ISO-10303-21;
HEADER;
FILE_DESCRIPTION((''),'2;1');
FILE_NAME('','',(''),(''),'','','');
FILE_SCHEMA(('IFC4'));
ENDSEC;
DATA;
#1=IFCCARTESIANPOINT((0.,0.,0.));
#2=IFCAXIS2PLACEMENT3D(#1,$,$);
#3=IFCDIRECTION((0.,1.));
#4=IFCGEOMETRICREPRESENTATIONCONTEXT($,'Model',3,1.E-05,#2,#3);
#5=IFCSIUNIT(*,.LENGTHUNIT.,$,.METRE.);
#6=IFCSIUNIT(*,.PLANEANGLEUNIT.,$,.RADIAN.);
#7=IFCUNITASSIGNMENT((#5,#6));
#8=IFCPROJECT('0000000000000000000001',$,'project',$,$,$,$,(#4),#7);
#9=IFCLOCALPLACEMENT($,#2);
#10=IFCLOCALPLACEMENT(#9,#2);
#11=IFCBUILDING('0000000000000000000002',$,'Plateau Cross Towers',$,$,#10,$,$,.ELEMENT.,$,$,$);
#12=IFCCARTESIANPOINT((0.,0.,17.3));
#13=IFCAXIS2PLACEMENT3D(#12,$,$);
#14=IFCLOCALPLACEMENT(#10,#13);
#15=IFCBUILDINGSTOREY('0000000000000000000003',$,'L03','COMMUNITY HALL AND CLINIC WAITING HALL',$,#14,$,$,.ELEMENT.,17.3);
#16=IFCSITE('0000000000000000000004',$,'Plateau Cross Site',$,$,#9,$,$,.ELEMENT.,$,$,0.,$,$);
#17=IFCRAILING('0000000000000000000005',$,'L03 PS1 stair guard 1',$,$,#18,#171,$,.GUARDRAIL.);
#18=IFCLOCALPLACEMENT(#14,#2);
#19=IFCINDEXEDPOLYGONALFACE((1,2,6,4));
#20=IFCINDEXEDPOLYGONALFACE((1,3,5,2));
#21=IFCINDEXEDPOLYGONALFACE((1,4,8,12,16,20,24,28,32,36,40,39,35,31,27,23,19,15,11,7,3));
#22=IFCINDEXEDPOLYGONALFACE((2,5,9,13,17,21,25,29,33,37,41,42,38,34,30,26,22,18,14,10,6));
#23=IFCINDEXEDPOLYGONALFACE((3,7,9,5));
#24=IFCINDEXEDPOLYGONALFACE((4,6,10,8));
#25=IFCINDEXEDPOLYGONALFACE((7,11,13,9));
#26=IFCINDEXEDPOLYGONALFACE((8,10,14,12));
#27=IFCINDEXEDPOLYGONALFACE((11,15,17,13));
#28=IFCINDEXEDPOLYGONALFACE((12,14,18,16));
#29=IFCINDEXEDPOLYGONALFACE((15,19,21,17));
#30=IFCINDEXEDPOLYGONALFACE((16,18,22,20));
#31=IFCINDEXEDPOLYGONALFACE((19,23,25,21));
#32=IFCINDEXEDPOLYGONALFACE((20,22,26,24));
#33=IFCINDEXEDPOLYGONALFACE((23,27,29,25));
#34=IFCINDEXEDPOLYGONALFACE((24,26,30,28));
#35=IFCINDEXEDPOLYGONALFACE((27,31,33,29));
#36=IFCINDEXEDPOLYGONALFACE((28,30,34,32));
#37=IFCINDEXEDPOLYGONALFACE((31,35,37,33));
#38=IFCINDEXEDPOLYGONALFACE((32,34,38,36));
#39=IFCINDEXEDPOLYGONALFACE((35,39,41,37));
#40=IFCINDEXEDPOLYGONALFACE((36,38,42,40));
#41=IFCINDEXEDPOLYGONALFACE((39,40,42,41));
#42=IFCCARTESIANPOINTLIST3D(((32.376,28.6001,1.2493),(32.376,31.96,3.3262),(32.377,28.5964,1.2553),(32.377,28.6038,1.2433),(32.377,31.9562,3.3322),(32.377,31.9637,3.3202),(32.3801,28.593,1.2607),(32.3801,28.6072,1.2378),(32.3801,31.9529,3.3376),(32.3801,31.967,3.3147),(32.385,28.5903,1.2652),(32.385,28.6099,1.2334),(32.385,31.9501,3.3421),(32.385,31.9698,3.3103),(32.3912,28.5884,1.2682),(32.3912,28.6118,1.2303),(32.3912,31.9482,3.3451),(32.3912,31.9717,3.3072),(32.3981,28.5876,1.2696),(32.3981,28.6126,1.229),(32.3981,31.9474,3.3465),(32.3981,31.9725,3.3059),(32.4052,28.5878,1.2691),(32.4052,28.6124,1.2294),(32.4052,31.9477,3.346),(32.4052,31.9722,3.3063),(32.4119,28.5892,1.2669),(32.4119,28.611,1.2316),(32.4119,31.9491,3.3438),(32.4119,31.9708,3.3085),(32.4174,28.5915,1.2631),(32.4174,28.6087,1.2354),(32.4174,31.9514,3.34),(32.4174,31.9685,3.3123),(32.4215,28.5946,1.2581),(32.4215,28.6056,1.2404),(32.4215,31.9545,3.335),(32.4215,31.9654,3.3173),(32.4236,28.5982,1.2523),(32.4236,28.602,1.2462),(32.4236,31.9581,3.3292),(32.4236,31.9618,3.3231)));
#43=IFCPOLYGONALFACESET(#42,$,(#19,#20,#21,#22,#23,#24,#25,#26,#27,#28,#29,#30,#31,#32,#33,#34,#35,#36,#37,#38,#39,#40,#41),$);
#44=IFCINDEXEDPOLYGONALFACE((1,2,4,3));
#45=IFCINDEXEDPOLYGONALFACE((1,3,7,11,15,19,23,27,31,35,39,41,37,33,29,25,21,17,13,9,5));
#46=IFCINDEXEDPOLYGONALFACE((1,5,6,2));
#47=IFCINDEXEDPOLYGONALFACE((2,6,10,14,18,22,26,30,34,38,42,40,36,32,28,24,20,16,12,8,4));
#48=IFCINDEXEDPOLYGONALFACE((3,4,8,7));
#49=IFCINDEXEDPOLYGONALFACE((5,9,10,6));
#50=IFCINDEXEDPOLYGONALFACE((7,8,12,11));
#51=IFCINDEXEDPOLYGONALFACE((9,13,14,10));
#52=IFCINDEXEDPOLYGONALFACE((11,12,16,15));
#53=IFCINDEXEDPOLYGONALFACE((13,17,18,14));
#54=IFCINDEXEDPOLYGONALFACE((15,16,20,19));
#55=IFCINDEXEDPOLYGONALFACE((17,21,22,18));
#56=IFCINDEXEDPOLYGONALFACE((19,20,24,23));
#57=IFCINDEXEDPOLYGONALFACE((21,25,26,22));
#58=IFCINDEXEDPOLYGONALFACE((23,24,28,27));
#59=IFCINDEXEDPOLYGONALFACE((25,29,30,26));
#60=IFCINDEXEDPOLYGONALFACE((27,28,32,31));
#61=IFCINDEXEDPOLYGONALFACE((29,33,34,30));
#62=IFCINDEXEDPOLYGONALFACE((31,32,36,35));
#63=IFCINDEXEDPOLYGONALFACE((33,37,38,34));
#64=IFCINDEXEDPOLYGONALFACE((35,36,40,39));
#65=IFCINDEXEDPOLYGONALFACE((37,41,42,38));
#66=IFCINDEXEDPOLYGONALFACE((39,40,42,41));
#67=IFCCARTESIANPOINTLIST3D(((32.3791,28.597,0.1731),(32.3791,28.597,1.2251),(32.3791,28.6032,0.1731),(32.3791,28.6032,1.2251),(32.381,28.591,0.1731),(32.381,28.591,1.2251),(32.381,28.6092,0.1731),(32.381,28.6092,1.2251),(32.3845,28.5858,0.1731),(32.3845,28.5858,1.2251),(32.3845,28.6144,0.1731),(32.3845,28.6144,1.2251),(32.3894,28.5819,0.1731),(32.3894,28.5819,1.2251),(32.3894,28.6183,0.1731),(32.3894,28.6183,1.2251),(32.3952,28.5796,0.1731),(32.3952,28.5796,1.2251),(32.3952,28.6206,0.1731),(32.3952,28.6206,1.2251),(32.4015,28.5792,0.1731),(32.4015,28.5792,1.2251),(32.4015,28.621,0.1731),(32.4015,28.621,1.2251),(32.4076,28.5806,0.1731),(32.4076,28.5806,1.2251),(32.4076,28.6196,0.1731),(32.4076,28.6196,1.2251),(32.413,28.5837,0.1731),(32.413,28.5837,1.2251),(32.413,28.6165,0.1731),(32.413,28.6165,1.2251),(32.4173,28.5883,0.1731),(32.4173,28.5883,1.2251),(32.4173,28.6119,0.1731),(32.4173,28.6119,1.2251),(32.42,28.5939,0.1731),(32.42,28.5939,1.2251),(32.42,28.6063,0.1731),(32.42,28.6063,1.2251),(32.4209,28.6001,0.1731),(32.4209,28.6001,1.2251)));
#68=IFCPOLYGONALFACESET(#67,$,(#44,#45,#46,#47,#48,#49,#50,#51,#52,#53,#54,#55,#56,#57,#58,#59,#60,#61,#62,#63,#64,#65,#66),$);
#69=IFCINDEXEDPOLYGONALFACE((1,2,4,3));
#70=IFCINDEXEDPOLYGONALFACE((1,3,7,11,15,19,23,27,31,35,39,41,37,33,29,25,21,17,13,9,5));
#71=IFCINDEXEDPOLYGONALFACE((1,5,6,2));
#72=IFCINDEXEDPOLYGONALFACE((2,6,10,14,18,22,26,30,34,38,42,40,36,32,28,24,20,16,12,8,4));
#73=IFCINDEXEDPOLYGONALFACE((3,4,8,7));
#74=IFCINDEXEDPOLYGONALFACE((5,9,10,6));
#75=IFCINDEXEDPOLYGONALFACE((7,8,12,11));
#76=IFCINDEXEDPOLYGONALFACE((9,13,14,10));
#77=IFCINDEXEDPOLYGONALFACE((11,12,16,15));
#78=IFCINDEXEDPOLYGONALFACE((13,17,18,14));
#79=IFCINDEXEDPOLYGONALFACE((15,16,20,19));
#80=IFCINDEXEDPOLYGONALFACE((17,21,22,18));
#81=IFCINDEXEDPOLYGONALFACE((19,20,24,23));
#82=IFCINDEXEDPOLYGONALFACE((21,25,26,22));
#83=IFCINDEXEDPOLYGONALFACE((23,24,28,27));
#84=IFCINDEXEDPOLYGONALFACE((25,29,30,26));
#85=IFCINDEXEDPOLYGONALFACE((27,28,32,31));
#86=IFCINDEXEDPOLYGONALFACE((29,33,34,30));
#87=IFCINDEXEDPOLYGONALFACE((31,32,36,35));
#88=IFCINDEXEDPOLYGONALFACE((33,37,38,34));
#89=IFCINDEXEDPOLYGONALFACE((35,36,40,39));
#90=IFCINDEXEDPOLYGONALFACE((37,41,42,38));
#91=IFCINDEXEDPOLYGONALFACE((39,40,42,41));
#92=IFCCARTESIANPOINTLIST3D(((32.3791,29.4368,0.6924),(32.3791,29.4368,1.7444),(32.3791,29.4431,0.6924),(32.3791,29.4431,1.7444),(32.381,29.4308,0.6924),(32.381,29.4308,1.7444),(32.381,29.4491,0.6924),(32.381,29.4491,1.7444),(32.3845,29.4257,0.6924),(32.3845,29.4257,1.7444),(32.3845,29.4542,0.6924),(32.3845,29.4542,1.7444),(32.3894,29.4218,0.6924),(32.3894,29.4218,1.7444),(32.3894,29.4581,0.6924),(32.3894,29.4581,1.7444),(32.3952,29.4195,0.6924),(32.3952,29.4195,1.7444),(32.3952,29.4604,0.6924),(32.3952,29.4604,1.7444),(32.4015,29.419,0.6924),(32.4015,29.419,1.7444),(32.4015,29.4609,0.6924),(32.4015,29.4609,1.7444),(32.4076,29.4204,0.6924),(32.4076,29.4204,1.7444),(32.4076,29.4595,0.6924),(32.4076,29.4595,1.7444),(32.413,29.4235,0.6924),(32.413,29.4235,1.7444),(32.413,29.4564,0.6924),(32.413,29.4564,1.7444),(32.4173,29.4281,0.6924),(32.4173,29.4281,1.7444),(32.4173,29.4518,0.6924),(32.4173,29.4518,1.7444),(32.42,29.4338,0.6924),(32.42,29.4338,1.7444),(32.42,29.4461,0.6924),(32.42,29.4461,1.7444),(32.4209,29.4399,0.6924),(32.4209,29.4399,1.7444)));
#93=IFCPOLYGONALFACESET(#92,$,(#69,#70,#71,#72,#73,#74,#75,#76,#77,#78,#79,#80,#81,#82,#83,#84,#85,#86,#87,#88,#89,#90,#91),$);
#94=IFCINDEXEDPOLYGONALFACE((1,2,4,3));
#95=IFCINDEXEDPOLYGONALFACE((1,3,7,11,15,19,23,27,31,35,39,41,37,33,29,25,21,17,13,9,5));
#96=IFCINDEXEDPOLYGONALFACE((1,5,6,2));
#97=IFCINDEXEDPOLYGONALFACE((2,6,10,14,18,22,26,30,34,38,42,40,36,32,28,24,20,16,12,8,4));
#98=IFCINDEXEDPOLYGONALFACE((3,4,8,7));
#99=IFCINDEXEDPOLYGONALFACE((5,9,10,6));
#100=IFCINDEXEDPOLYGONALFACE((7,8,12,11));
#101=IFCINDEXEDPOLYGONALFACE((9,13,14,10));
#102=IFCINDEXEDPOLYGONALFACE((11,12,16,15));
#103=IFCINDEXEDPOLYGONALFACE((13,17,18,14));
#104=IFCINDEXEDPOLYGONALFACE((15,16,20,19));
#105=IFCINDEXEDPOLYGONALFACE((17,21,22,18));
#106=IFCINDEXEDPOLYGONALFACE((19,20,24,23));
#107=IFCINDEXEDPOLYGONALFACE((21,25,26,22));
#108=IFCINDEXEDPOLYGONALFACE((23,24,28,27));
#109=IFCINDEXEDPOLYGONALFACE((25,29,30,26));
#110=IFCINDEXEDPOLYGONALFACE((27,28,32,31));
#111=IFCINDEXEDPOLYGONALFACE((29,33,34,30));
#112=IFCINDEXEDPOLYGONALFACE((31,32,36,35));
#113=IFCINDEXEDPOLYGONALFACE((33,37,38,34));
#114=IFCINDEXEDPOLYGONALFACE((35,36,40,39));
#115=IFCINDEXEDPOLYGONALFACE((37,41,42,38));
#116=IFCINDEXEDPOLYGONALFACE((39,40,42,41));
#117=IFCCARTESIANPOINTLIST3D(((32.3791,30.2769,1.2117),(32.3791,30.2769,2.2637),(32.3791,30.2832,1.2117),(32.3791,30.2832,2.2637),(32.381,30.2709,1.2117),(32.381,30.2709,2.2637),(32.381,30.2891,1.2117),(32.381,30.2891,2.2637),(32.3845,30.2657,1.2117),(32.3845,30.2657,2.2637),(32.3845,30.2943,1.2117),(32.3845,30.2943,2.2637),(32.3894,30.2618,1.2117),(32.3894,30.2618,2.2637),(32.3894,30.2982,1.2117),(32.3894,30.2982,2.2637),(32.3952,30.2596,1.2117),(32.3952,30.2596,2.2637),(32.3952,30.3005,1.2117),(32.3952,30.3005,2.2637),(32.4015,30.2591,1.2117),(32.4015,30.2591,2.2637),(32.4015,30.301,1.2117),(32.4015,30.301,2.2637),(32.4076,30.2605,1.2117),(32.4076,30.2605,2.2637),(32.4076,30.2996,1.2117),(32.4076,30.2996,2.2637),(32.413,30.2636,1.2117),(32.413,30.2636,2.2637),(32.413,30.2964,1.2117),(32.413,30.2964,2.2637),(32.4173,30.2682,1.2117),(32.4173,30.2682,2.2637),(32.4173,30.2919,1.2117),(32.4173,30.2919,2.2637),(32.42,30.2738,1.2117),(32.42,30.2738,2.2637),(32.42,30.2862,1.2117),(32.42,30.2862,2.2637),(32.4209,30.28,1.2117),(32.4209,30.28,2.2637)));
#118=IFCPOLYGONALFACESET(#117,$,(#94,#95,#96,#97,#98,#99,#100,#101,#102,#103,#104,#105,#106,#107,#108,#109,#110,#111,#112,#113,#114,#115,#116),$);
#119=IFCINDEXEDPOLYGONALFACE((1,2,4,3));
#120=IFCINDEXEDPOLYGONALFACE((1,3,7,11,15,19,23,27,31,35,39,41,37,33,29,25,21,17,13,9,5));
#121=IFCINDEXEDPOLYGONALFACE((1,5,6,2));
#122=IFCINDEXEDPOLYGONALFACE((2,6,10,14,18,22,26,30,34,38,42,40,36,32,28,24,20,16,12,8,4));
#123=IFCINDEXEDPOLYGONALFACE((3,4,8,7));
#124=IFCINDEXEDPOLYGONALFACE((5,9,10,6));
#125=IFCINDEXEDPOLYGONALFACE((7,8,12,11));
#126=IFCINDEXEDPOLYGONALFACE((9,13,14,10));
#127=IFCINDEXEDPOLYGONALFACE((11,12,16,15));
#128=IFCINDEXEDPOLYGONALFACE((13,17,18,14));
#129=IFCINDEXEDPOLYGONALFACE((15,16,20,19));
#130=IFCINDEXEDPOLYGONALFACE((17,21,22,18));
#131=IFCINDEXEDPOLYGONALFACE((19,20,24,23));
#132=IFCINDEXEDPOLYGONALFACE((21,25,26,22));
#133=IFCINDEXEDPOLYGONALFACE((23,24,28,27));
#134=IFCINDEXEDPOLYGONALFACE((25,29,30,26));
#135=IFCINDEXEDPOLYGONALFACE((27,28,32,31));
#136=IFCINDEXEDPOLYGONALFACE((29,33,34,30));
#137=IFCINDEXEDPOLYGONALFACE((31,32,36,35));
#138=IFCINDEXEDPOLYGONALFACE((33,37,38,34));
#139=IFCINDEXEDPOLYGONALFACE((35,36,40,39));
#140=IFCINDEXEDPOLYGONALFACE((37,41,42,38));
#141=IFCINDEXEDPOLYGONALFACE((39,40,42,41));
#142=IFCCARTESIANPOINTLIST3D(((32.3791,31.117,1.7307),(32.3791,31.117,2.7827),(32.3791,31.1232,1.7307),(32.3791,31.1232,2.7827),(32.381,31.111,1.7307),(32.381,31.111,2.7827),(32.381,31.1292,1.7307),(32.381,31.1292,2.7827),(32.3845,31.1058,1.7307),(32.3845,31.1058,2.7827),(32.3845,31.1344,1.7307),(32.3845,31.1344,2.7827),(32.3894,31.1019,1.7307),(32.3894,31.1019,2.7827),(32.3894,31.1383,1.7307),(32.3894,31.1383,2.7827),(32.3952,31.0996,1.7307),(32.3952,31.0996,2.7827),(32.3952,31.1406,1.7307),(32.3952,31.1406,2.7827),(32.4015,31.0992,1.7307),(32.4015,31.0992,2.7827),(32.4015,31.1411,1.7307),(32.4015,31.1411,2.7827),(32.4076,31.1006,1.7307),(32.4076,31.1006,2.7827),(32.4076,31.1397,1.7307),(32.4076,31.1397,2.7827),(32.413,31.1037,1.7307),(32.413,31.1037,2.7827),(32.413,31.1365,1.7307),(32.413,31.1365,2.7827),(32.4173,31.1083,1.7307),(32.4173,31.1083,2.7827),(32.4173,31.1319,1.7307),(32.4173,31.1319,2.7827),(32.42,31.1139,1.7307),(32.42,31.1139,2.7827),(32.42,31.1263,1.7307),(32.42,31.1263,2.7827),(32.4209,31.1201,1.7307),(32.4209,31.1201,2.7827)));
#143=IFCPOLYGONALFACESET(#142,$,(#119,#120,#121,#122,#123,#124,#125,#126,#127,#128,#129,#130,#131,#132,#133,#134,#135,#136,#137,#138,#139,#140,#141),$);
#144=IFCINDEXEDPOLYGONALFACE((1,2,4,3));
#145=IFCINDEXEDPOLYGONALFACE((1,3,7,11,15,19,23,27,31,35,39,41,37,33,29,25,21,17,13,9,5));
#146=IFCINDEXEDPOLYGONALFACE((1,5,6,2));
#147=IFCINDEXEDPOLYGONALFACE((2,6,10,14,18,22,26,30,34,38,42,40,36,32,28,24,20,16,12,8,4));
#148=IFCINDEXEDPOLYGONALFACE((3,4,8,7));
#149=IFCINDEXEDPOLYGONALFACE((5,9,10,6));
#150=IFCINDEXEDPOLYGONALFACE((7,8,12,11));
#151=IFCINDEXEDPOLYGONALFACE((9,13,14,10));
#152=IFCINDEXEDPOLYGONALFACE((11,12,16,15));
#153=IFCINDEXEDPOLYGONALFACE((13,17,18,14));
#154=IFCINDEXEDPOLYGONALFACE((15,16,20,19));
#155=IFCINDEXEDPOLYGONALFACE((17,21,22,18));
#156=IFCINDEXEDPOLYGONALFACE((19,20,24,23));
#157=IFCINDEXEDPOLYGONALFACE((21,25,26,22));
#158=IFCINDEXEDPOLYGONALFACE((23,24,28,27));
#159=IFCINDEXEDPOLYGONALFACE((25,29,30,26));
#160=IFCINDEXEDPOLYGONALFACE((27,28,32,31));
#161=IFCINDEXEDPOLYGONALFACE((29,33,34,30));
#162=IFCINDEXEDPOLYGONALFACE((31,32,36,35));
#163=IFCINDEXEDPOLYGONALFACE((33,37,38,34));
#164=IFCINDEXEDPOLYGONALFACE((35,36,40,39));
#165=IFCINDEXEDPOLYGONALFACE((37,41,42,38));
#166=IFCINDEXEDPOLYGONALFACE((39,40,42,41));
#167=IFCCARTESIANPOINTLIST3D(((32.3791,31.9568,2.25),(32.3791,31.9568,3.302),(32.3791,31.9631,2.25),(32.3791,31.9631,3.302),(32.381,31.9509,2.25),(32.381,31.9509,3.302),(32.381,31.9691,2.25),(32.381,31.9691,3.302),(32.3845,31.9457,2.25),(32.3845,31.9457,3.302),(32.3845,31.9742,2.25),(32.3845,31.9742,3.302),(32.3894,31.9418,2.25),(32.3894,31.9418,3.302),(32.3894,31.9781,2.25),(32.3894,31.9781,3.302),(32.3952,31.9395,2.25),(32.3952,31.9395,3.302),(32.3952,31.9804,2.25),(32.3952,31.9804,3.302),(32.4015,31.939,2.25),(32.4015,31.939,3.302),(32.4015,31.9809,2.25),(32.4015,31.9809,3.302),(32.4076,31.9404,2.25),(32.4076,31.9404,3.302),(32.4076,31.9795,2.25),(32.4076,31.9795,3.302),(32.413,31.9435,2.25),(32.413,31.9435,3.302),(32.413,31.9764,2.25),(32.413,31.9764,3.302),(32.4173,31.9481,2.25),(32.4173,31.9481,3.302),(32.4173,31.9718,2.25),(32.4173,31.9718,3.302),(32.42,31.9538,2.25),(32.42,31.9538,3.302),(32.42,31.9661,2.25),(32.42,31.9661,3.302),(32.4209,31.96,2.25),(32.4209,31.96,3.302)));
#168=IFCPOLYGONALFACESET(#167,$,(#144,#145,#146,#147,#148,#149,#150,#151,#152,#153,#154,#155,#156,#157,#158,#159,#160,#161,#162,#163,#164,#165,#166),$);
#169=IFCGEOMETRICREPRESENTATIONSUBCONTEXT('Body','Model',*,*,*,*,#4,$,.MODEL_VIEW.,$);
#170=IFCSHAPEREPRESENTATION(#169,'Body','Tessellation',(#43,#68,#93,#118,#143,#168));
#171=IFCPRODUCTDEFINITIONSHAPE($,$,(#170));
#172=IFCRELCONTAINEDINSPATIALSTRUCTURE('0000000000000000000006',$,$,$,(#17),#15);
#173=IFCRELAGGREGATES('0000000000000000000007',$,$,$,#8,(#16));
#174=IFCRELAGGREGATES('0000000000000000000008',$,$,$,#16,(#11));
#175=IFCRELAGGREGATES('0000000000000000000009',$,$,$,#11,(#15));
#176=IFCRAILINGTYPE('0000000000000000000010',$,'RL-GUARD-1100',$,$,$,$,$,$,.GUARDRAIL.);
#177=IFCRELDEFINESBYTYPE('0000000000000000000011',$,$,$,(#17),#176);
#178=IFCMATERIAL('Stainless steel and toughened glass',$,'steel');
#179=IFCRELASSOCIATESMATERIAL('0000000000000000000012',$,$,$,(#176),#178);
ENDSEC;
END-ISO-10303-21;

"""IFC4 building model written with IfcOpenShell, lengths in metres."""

from ifc_helpers import new_model, si_unit, direction, frame, origin, origin_2d, place, context, subcontext, project, spatial, circle, extrude, material, type_object, element, save


model = new_model("IFC4")

# Units and contexts
model_context = context("Model", 3, precision=1e-05, world=origin(), true_north=direction((0.0, 1.0)))
body_context = subcontext(model_context, "Body", "Model", "MODEL_VIEW")
ifc_project = project(units=[si_unit("LENGTHUNIT", "METRE"), si_unit("PLANEANGLEUNIT", "RADIAN")], contexts=[model_context])

# Site, building, storey
site_placement = place(None, origin())
site = spatial("IfcSite", under=ifc_project, at=site_placement, Name="Plateau Cross Site", CompositionType="ELEMENT", RefElevation=0.0)
building_placement = place(site_placement, origin())
building = spatial("IfcBuilding", under=site, at=building_placement, Name="Plateau Cross Towers", CompositionType="ELEMENT")
storey_placement = place(building_placement, frame((0.0, 0.0, 17.3)))
storey = spatial("IfcBuildingStorey", under=building, at=storey_placement, Name="L03", Description="COMMUNITY HALL AND CLINIC WAITING HALL", CompositionType="ELEMENT", Elevation=17.3)

# Railing
ifc_material_1 = material(Name="Stainless steel and toughened glass", Category="steel")
railing_type_1 = type_object("IfcRailingType", Name="RL-GUARD-1100", PredefinedType="GUARDRAIL", material=ifc_material_1)
railing_1_placement = place(storey_placement, frame((32.3999, 28.6001, 0.1731)))
element("IfcRailing", 1, at=railing_1_placement, inside=storey, type_object=railing_type_1, Name="L03 PS1 stair guard 1", PredefinedType="GUARDRAIL", context=body_context, shape_type="SweptSolid", body=[
    extrude(circle(Radius=0.0239, at=origin_2d()), frame((0.0, 0.0, 1.0762), z_axis=(0.0, 0.850606, 0.525803), x_axis=(-1.0, 0.0, 0.0)), (0.0, 0.0, 1.0), 3.95),
    extrude(circle(Radius=0.021, at=origin_2d()), origin(), (0.0, 0.0, 1.0), 1.052),
    extrude(circle(Radius=0.021, at=origin_2d()), frame((0.0, 0.8398, 0.5193)), (0.0, 0.0, 1.0), 1.052),
    extrude(circle(Radius=0.021, at=origin_2d()), frame((0.0, 1.6799, 1.0386)), (0.0, 0.0, 1.0), 1.052),
    extrude(circle(Radius=0.021, at=origin_2d()), frame((0.0, 2.52, 1.5576)), (0.0, 0.0, 1.0), 1.052),
    extrude(circle(Radius=0.021, at=origin_2d()), frame((0.0, 3.3599, 2.0769)), (0.0, 0.0, 1.0), 1.052),
])

save(model, "model.ifc")
